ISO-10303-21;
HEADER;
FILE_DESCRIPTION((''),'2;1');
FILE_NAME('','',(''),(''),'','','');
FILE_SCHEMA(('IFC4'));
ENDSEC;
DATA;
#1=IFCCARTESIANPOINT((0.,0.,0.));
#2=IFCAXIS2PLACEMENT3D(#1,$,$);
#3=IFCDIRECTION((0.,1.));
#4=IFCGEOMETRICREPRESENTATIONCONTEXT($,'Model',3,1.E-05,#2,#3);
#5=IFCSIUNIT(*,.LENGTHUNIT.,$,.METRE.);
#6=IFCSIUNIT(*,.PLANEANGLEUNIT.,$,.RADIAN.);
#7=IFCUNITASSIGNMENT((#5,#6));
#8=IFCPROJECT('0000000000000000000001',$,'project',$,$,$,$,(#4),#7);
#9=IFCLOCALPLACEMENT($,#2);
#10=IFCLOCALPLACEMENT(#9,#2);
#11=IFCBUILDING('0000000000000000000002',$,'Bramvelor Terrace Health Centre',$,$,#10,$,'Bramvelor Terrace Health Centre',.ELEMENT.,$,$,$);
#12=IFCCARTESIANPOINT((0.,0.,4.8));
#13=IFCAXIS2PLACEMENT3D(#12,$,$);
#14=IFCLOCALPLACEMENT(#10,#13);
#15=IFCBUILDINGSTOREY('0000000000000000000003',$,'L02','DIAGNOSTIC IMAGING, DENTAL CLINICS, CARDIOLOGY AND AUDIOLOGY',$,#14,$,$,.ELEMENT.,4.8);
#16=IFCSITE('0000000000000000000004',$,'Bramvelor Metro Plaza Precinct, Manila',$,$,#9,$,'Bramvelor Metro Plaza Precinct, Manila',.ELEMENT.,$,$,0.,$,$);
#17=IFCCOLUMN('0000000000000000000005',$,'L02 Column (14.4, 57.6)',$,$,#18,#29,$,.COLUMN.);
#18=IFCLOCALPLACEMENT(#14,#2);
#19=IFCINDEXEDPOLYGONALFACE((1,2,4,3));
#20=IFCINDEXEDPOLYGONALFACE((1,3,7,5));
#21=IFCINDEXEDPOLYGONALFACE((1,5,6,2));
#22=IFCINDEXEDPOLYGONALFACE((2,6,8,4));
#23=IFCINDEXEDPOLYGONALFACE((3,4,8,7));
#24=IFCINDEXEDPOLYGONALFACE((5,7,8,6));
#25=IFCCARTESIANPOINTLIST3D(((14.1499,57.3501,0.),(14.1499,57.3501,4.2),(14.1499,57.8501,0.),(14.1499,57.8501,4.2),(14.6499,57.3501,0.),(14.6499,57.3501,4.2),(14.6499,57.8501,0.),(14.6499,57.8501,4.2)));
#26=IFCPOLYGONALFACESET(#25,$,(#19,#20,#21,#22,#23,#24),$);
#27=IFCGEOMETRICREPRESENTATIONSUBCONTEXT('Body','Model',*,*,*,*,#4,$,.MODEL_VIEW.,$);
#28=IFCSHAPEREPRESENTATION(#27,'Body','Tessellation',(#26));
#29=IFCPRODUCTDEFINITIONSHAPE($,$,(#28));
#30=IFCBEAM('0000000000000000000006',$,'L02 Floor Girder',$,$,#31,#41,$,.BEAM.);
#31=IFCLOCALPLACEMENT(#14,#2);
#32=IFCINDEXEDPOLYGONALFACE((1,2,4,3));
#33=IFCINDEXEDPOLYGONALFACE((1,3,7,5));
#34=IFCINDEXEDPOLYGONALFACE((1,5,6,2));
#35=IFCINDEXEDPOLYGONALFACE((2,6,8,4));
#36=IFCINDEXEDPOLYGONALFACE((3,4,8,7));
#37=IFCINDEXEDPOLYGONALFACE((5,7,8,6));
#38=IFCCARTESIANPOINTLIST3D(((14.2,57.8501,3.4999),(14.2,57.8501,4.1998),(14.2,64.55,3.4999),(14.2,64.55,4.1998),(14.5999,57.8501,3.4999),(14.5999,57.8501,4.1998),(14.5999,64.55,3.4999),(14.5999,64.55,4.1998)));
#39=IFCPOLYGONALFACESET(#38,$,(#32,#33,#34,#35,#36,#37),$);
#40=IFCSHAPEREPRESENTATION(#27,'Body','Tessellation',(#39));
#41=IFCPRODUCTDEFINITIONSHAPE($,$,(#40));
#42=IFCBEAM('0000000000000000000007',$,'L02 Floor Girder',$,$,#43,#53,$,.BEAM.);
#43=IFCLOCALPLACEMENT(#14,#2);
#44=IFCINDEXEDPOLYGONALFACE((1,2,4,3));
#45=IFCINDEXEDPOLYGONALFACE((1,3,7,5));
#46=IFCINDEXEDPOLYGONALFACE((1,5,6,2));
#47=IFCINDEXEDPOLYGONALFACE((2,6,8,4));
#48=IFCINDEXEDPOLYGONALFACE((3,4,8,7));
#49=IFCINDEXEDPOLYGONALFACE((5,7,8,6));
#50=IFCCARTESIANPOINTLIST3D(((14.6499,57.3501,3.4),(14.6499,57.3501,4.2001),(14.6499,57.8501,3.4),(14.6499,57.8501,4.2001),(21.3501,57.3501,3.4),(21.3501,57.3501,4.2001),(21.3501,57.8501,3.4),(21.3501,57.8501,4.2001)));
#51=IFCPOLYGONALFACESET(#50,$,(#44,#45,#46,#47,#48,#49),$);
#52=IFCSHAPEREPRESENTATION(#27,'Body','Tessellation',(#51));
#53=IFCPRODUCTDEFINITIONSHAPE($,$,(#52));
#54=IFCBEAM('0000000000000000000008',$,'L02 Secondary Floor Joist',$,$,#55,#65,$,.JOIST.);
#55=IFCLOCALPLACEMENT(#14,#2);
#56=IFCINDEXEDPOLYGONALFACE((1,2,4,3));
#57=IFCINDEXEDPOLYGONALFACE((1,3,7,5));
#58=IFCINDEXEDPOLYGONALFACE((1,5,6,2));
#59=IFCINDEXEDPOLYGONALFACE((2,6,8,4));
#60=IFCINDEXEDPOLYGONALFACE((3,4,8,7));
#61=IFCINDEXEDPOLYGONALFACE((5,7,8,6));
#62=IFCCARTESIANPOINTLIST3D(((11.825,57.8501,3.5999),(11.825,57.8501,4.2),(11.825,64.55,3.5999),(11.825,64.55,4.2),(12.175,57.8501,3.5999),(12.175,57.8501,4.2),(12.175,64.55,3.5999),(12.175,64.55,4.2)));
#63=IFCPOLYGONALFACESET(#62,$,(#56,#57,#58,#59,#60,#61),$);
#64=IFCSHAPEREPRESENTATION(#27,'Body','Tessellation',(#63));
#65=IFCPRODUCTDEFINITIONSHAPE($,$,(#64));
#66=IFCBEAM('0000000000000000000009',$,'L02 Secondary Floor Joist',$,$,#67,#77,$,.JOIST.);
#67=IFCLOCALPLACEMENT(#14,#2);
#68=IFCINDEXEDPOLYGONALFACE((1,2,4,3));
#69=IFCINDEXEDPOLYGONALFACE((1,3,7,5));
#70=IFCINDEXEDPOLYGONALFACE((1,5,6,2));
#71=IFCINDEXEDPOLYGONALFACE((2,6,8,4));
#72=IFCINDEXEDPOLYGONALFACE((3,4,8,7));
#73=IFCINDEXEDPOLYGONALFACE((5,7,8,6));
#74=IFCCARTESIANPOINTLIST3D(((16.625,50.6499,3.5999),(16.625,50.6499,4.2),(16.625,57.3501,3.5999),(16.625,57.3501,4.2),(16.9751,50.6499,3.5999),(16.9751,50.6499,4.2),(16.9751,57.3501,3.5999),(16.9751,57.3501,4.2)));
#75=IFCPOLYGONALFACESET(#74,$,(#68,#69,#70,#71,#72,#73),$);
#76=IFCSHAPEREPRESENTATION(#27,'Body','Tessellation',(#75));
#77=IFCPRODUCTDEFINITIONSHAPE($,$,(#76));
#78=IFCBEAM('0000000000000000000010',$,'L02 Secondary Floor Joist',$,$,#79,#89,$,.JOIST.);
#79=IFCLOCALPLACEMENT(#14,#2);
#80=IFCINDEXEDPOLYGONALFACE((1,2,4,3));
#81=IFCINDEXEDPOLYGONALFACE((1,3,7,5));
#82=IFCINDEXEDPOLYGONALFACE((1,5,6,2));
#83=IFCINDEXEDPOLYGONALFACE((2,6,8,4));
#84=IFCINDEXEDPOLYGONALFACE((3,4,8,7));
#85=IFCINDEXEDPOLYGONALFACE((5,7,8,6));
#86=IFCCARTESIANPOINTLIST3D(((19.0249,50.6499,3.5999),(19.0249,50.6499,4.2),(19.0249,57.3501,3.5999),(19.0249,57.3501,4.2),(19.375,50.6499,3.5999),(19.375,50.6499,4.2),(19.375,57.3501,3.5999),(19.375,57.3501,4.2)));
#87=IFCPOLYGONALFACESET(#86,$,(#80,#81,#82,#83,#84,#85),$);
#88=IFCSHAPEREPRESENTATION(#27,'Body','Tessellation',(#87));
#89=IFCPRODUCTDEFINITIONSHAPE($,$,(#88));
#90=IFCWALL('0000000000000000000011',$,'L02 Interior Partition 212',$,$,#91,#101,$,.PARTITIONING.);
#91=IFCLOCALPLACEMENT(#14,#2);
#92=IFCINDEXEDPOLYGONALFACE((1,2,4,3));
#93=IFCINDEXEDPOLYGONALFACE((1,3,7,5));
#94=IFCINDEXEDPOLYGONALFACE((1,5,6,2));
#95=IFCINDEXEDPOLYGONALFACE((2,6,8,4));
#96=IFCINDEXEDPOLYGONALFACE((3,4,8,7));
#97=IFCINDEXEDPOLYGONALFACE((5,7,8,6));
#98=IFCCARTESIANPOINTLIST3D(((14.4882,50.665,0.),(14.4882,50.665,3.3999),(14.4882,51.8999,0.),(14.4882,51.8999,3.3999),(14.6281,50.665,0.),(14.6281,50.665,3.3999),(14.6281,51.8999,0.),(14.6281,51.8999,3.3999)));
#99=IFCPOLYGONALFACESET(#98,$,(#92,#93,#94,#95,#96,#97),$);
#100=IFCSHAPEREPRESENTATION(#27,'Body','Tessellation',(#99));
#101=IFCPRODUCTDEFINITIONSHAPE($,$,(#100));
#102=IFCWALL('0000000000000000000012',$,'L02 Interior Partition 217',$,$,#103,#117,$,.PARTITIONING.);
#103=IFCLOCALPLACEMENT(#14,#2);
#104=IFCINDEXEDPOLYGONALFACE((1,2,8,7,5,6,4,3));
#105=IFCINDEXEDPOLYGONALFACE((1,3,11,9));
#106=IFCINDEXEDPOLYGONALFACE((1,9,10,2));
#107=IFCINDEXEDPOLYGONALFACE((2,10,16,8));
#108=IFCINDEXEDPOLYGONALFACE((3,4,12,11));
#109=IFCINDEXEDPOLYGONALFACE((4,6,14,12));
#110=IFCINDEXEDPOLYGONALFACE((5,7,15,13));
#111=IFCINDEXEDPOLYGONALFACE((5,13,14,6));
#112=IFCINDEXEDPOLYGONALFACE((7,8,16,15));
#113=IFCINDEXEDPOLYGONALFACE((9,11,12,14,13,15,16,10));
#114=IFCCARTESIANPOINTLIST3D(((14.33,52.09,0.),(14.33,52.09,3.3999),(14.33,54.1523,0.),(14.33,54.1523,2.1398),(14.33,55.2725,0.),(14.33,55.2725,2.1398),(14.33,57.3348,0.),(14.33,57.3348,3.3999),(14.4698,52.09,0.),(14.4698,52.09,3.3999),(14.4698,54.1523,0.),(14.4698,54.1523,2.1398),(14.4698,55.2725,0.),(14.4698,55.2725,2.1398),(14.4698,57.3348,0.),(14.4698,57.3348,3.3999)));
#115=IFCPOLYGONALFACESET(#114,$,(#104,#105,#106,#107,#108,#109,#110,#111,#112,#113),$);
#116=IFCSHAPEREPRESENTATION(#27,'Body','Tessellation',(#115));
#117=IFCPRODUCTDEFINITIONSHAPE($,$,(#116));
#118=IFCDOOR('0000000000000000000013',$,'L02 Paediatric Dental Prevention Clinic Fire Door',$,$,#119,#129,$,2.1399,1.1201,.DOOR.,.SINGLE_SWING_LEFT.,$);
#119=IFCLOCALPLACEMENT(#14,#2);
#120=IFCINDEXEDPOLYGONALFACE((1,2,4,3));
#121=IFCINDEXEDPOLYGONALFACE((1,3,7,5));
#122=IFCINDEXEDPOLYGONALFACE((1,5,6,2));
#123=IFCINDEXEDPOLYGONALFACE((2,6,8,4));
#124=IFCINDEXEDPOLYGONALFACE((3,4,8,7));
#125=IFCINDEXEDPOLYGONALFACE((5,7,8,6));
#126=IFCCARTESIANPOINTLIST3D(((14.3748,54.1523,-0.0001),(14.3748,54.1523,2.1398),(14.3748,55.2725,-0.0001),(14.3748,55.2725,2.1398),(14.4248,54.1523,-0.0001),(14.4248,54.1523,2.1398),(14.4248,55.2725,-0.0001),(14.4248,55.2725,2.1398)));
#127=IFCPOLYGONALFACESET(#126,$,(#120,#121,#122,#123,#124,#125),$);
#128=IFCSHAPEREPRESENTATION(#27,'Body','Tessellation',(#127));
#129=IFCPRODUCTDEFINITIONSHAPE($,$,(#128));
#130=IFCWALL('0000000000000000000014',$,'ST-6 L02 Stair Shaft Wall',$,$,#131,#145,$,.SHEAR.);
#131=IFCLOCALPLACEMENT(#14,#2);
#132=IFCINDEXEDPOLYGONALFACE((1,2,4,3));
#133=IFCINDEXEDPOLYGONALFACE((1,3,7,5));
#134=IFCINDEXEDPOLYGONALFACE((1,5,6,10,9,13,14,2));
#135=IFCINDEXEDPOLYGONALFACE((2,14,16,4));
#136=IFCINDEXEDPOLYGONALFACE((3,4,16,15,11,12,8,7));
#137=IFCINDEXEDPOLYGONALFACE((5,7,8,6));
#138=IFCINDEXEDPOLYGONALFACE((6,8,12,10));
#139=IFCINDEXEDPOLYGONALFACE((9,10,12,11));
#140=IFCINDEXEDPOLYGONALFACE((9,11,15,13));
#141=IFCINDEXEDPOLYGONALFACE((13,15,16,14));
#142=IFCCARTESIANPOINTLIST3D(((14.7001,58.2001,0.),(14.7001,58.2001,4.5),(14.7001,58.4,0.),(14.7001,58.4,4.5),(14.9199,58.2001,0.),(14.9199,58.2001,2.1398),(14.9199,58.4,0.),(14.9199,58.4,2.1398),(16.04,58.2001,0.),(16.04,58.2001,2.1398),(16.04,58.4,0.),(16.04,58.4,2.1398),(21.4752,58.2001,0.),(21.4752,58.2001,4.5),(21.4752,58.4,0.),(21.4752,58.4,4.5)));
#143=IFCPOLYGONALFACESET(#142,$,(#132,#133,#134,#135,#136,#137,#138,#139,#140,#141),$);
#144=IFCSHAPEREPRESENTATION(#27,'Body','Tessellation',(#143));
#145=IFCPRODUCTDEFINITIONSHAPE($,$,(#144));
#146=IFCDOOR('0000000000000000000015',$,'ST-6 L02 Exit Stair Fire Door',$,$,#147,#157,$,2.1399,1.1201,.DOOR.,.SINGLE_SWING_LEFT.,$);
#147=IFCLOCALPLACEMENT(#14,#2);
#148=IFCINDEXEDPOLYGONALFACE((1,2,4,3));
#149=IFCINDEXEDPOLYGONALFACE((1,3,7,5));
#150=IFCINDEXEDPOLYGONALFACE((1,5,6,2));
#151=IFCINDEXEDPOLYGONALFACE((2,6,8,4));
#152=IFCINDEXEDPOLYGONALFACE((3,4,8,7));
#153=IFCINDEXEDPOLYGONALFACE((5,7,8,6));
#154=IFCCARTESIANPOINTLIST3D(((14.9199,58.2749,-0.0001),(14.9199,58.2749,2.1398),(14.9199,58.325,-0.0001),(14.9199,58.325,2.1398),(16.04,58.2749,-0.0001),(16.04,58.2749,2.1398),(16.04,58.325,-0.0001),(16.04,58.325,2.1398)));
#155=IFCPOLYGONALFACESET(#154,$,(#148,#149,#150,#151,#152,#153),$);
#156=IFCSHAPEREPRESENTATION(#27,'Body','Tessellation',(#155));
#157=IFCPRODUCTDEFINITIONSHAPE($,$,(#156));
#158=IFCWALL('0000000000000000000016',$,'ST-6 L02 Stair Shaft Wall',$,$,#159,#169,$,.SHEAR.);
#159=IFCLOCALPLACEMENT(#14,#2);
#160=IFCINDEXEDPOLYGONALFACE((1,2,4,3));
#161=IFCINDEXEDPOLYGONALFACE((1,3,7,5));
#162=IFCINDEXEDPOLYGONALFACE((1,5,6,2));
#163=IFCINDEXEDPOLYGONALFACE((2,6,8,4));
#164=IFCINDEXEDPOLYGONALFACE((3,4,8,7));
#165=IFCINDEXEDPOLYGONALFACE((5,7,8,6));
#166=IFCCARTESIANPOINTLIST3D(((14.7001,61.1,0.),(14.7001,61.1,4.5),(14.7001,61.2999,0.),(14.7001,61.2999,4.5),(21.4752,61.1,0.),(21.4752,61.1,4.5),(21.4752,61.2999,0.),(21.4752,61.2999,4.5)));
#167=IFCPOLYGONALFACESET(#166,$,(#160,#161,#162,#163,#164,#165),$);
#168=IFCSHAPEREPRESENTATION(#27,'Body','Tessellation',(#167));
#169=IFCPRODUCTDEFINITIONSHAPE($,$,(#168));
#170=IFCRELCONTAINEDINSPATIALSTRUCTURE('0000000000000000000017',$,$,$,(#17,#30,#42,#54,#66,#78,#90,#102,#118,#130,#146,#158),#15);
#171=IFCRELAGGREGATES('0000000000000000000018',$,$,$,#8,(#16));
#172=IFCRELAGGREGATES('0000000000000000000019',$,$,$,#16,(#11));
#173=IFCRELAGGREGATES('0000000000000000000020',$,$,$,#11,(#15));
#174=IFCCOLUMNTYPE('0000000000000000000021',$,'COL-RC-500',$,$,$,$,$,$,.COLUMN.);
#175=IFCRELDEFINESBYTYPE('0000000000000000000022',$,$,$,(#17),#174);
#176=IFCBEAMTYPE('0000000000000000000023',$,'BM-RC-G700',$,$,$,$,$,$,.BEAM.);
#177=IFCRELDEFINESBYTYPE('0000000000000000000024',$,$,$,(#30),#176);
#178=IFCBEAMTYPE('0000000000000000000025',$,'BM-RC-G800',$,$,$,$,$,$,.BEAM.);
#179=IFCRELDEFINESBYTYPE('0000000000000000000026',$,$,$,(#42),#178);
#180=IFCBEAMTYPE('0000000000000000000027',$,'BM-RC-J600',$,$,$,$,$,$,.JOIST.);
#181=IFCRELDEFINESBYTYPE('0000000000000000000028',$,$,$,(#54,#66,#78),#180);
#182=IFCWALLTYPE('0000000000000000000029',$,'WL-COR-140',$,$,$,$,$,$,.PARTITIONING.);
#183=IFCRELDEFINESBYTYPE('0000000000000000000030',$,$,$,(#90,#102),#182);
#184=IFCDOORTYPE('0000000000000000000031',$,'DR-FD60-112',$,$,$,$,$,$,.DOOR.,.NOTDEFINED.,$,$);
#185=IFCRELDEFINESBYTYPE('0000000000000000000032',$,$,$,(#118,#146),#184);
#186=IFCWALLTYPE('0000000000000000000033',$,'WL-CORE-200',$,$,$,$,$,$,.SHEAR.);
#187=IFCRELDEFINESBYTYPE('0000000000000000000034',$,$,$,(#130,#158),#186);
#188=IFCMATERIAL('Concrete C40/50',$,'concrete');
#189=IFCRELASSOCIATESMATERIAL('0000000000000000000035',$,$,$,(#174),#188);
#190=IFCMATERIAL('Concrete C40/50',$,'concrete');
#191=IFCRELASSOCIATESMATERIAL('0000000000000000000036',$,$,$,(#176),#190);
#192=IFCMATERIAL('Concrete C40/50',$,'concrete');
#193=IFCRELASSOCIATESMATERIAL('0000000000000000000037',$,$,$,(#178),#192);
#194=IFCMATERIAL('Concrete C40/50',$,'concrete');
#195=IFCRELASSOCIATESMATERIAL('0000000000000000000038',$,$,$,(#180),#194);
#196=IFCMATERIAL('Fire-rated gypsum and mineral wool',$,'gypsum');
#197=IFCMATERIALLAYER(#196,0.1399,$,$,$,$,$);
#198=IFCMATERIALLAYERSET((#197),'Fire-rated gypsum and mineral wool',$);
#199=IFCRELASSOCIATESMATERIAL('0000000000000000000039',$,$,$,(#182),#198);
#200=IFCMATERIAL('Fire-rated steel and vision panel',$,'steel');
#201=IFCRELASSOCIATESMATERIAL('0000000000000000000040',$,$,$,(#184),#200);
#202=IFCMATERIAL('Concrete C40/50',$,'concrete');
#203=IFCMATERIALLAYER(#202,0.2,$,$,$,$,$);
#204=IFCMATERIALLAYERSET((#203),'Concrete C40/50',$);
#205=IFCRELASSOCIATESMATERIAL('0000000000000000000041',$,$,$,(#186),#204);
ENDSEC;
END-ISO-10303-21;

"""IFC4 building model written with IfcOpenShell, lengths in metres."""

from ifc_helpers import new_model, si_unit, direction, frame, frame_2d, origin, origin_2d, place, context, subcontext, project, spatial, rectangle, extrude, material, layer, layer_set, material_profile, profile_set, type_object, element, fill, save


model = new_model("IFC4")

# Units and contexts
model_context = context("Model", 3, precision=1e-05, world=origin(), true_north=direction((0.0, 1.0)))
body_context = subcontext(model_context, "Body", "Model", "MODEL_VIEW")
ifc_project = project(units=[si_unit("LENGTHUNIT", "METRE"), si_unit("PLANEANGLEUNIT", "RADIAN")], contexts=[model_context])

# Site, building, storey
site_placement = place(None, origin())
site = spatial("IfcSite", under=ifc_project, at=site_placement, Name="Bramvelor Metro Plaza Precinct, Manila", LongName="Bramvelor Metro Plaza Precinct, Manila", CompositionType="ELEMENT", RefElevation=0.0)
building_placement = place(site_placement, origin())
building = spatial("IfcBuilding", under=site, at=building_placement, Name="Bramvelor Terrace Health Centre", LongName="Bramvelor Terrace Health Centre", CompositionType="ELEMENT")
storey_placement = place(building_placement, frame((0.0, 0.0, 4.8)))
storey = spatial("IfcBuildingStorey", under=building, at=storey_placement, Name="L02", Description="DIAGNOSTIC IMAGING, DENTAL CLINICS, CARDIOLOGY AND AUDIOLOGY", CompositionType="ELEMENT", Elevation=4.8)

# Column
ifc_material_1 = material(Name="Concrete C40/50", Category="concrete")
ifc_material_profile_1 = material_profile(ifc_material_1, rectangle(XDim=0.5, YDim=0.5, at=origin_2d()), Name="RC 500x500")
ifc_profile_set_1 = profile_set([ifc_material_profile_1], Name="Concrete C40/50")
column_type = type_object("IfcColumnType", Name="COL-RC-500", PredefinedType="COLUMN", material=ifc_profile_set_1)
column_placement = place(storey_placement, frame((14.3999, 57.6001, 0.0), z_axis=(0.0, 0.0, 1.0), x_axis=(1.0, 0.0, 0.0)))
element("IfcColumn", 1, at=column_placement, inside=storey, type_object=column_type, Name="L02 Column (14.4, 57.6)", PredefinedType="COLUMN", context=body_context, shape_type="SweptSolid", body=[
    extrude(rectangle(XDim=0.5, YDim=0.5, at=origin_2d()), origin(), (0.0, 0.0, 1.0), 4.2),
])

# Beams
ifc_material_2 = material(Name="Concrete C40/50", Category="concrete")
ifc_material_profile_2 = material_profile(ifc_material_2, rectangle(XDim=0.3999, YDim=0.7, at=origin_2d()), Name="RC 400x700")
ifc_profile_set_2 = profile_set([ifc_material_profile_2], Name="Concrete C40/50")
beam_type_1 = type_object("IfcBeamType", Name="BM-RC-G700", PredefinedType="BEAM", material=ifc_profile_set_2)
beam_1_placement = place(storey_placement, frame((14.3999, 57.8501, 3.8499), z_axis=(0.0, 1.0, 0.0), x_axis=(-1.0, 0.0, 0.0)))
element("IfcBeam", 2, at=beam_1_placement, inside=storey, type_object=beam_type_1, Name="L02 Floor Girder", PredefinedType="BEAM", context=body_context, shape_type="SweptSolid", body=[
    extrude(rectangle(XDim=0.3999, YDim=0.7, at=origin_2d()), origin(), (0.0, 0.0, 1.0), 6.7),
])
ifc_material_3 = material(Name="Concrete C40/50", Category="concrete")
ifc_material_profile_3 = material_profile(ifc_material_3, rectangle(XDim=0.5, YDim=0.8, at=origin_2d()), Name="RC 500x800")
ifc_profile_set_3 = profile_set([ifc_material_profile_3], Name="Concrete C40/50")
beam_type_2 = type_object("IfcBeamType", Name="BM-RC-G800", PredefinedType="BEAM", material=ifc_profile_set_3)
beam_2_placement = place(storey_placement, frame((14.6499, 57.6001, 3.8), z_axis=(1.0, 0.0, 0.0), x_axis=(0.0, 1.0, 0.0)))
element("IfcBeam", 3, at=beam_2_placement, inside=storey, type_object=beam_type_2, Name="L02 Floor Girder", PredefinedType="BEAM", context=body_context, shape_type="SweptSolid", body=[
    extrude(rectangle(XDim=0.5, YDim=0.8, at=origin_2d()), origin(), (0.0, 0.0, 1.0), 6.7002),
])
ifc_material_4 = material(Name="Concrete C40/50", Category="concrete")
ifc_material_profile_4 = material_profile(ifc_material_4, rectangle(XDim=0.3501, YDim=0.6001, at=origin_2d()), Name="RC 350x600")
ifc_profile_set_4 = profile_set([ifc_material_profile_4], Name="Concrete C40/50")
beam_type_3 = type_object("IfcBeamType", Name="BM-RC-J600", PredefinedType="JOIST", material=ifc_profile_set_4)
beam_3_placement = place(storey_placement, frame((12.0, 57.8501, 3.8999), z_axis=(0.0, 1.0, 0.0), x_axis=(-1.0, 0.0, 0.0)))
element("IfcBeam", 4, at=beam_3_placement, inside=storey, type_object=beam_type_3, Name="L02 Secondary Floor Joist", PredefinedType="JOIST", context=body_context, shape_type="SweptSolid", body=[
    extrude(rectangle(XDim=0.3501, YDim=0.6001, at=origin_2d()), origin(), (0.0, 0.0, 1.0), 6.7),
])
for number, where, z_axis, x_axis, name in (
    (5, (16.8, 50.6499, 3.8999), (0.0, 1.0, 0.0), (-1.0, 0.0, 0.0), "L02 Secondary Floor Joist"),
    (6, (19.2, 50.6499, 3.8999), (0.0, 1.0, 0.0), (-1.0, 0.0, 0.0), "L02 Secondary Floor Joist"),
):
    element("IfcBeam", number, at=place(storey_placement, frame(where, z_axis=z_axis, x_axis=x_axis)), inside=storey, type_object=beam_type_3, Name=name, PredefinedType="JOIST", context=body_context, shape_type="SweptSolid", body=[
        extrude(rectangle(XDim=0.3501, YDim=0.6001, at=origin_2d()), origin(), (0.0, 0.0, 1.0), 6.7002),
    ])

# Wall
ifc_material_5 = material(Name="Fire-rated gypsum and mineral wool", Category="gypsum")
ifc_layer_1 = layer(ifc_material_5, 0.1399)
ifc_layer_set_1 = layer_set([ifc_layer_1], Name="Fire-rated gypsum and mineral wool")
wall_type_1 = type_object("IfcWallType", Name="WL-COR-140", PredefinedType="PARTITIONING", material=ifc_layer_set_1)
wall_1_placement = place(storey_placement, frame((14.5581, 51.8999, 0.0), z_axis=(0.0, 0.0, 1.0), x_axis=(0.0, -1.0, 0.0)))
element("IfcWall", 7, at=wall_1_placement, inside=storey, type_object=wall_type_1, Name="L02 Interior Partition 212", PredefinedType="PARTITIONING", context=body_context, shape_type="SweptSolid", body=[
    extrude(rectangle(XDim=1.2349, YDim=0.1399, at=frame_2d((0.6174, 0.0))), origin(), (0.0, 0.0, 1.0), 3.3999),
])

# Walls, openings, doors
wall_2_placement = place(storey_placement, frame((14.3999, 57.335, 0.0), z_axis=(0.0, 0.0, 1.0), x_axis=(0.0, -1.0, 0.0)))
wall_2 = element("IfcWall", 8, at=wall_2_placement, inside=storey, type_object=wall_type_1, Name="L02 Interior Partition 217", PredefinedType="PARTITIONING", context=body_context, shape_type="SweptSolid", body=[
    extrude(rectangle(XDim=5.2449, YDim=0.1399, at=frame_2d((2.6226, 0.0))), origin(), (0.0, 0.0, 1.0), 3.3999),
])
opening_1_placement = place(wall_2_placement, frame((2.0625, 0.0, 0.0)))
opening_1 = element("IfcOpeningElement", 9, at=opening_1_placement, cuts=wall_2, PredefinedType="OPENING", context=body_context, shape_type="SweptSolid", body=[
    extrude(rectangle(XDim=1.1201, YDim=2.1399, at=frame_2d((0.5601, 1.0698))), frame((0.0, 0.0798, 0.0), z_axis=(0.0, -1.0, 0.0), x_axis=(1.0, 0.0, 0.0)), (0.0, 0.0, 1.0), 0.1599),
])
ifc_material_6 = material(Name="Fire-rated steel and vision panel", Category="steel")
door_type = type_object("IfcDoorType", Name="DR-FD60-112", OperationType="NOTDEFINED", PredefinedType="DOOR", material=ifc_material_6)
door_1_placement = place(opening_1_placement, origin())
door_1 = element("IfcDoor", 10, at=door_1_placement, inside=storey, type_object=door_type, Name="L02 Paediatric Dental Prevention Clinic Fire Door", OperationType="SINGLE_SWING_LEFT", OverallHeight=2.1399, OverallWidth=1.1201, PredefinedType="DOOR", context=body_context, shape_type="SweptSolid", body=[
    extrude(rectangle(XDim=1.1201, YDim=2.1399, at=frame_2d((0.5601, 1.0698))), frame((0.0, 0.0249, 0.0), z_axis=(0.0, -1.0, 0.0), x_axis=(1.0, 0.0, 0.0)), (0.0, 0.0, 1.0), 0.05),
])
fill(opening_1, door_1)
ifc_material_7 = material(Name="Concrete C40/50", Category="concrete")
ifc_layer_2 = layer(ifc_material_7, 0.2)
ifc_layer_set_2 = layer_set([ifc_layer_2], Name="Concrete C40/50")
wall_type_2 = type_object("IfcWallType", Name="WL-CORE-200", PredefinedType="SHEAR", material=ifc_layer_set_2)
wall_3_placement = place(storey_placement, frame((14.7, 58.3, 0.0), z_axis=(0.0, 0.0, 1.0), x_axis=(1.0, 0.0, 0.0)))
wall_3 = element("IfcWall", 11, at=wall_3_placement, inside=storey, type_object=wall_type_2, Name="ST-6 L02 Stair Shaft Wall", PredefinedType="SHEAR", context=body_context, shape_type="SweptSolid", body=[
    extrude(rectangle(XDim=6.7751, YDim=0.2, at=frame_2d((3.3877, 0.0))), origin(), (0.0, 0.0, 1.0), 4.5),
])
opening_2_placement = place(wall_3_placement, frame((0.22, 0.0, 0.0)))
opening_2 = element("IfcOpeningElement", 12, at=opening_2_placement, cuts=wall_3, PredefinedType="OPENING", context=body_context, shape_type="SweptSolid", body=[
    extrude(rectangle(XDim=1.1201, YDim=2.1399, at=frame_2d((0.5601, 1.0698))), frame((0.0, 0.1099, 0.0), z_axis=(0.0, -1.0, 0.0), x_axis=(1.0, 0.0, 0.0)), (0.0, 0.0, 1.0), 0.22),
])
door_2_placement = place(opening_2_placement, origin())
door_2 = element("IfcDoor", 13, at=door_2_placement, inside=storey, type_object=door_type, Name="ST-6 L02 Exit Stair Fire Door", OperationType="SINGLE_SWING_LEFT", OverallHeight=2.1399, OverallWidth=1.1201, PredefinedType="DOOR", context=body_context, shape_type="SweptSolid", body=[
    extrude(rectangle(XDim=1.1201, YDim=2.1399, at=frame_2d((0.5601, 1.0698))), frame((0.0, 0.0249, 0.0), z_axis=(0.0, -1.0, 0.0), x_axis=(1.0, 0.0, 0.0)), (0.0, 0.0, 1.0), 0.05),
])
fill(opening_2, door_2)

# Wall
wall_4_placement = place(storey_placement, frame((14.7, 61.2, 0.0), z_axis=(0.0, 0.0, 1.0), x_axis=(1.0, 0.0, 0.0)))
element("IfcWall", 14, at=wall_4_placement, inside=storey, type_object=wall_type_2, Name="ST-6 L02 Stair Shaft Wall", PredefinedType="SHEAR", context=body_context, shape_type="SweptSolid", body=[
    extrude(rectangle(XDim=6.7751, YDim=0.2, at=frame_2d((3.3877, 0.0))), origin(), (0.0, 0.0, 1.0), 4.5),
])

save(model, "model.ifc")
